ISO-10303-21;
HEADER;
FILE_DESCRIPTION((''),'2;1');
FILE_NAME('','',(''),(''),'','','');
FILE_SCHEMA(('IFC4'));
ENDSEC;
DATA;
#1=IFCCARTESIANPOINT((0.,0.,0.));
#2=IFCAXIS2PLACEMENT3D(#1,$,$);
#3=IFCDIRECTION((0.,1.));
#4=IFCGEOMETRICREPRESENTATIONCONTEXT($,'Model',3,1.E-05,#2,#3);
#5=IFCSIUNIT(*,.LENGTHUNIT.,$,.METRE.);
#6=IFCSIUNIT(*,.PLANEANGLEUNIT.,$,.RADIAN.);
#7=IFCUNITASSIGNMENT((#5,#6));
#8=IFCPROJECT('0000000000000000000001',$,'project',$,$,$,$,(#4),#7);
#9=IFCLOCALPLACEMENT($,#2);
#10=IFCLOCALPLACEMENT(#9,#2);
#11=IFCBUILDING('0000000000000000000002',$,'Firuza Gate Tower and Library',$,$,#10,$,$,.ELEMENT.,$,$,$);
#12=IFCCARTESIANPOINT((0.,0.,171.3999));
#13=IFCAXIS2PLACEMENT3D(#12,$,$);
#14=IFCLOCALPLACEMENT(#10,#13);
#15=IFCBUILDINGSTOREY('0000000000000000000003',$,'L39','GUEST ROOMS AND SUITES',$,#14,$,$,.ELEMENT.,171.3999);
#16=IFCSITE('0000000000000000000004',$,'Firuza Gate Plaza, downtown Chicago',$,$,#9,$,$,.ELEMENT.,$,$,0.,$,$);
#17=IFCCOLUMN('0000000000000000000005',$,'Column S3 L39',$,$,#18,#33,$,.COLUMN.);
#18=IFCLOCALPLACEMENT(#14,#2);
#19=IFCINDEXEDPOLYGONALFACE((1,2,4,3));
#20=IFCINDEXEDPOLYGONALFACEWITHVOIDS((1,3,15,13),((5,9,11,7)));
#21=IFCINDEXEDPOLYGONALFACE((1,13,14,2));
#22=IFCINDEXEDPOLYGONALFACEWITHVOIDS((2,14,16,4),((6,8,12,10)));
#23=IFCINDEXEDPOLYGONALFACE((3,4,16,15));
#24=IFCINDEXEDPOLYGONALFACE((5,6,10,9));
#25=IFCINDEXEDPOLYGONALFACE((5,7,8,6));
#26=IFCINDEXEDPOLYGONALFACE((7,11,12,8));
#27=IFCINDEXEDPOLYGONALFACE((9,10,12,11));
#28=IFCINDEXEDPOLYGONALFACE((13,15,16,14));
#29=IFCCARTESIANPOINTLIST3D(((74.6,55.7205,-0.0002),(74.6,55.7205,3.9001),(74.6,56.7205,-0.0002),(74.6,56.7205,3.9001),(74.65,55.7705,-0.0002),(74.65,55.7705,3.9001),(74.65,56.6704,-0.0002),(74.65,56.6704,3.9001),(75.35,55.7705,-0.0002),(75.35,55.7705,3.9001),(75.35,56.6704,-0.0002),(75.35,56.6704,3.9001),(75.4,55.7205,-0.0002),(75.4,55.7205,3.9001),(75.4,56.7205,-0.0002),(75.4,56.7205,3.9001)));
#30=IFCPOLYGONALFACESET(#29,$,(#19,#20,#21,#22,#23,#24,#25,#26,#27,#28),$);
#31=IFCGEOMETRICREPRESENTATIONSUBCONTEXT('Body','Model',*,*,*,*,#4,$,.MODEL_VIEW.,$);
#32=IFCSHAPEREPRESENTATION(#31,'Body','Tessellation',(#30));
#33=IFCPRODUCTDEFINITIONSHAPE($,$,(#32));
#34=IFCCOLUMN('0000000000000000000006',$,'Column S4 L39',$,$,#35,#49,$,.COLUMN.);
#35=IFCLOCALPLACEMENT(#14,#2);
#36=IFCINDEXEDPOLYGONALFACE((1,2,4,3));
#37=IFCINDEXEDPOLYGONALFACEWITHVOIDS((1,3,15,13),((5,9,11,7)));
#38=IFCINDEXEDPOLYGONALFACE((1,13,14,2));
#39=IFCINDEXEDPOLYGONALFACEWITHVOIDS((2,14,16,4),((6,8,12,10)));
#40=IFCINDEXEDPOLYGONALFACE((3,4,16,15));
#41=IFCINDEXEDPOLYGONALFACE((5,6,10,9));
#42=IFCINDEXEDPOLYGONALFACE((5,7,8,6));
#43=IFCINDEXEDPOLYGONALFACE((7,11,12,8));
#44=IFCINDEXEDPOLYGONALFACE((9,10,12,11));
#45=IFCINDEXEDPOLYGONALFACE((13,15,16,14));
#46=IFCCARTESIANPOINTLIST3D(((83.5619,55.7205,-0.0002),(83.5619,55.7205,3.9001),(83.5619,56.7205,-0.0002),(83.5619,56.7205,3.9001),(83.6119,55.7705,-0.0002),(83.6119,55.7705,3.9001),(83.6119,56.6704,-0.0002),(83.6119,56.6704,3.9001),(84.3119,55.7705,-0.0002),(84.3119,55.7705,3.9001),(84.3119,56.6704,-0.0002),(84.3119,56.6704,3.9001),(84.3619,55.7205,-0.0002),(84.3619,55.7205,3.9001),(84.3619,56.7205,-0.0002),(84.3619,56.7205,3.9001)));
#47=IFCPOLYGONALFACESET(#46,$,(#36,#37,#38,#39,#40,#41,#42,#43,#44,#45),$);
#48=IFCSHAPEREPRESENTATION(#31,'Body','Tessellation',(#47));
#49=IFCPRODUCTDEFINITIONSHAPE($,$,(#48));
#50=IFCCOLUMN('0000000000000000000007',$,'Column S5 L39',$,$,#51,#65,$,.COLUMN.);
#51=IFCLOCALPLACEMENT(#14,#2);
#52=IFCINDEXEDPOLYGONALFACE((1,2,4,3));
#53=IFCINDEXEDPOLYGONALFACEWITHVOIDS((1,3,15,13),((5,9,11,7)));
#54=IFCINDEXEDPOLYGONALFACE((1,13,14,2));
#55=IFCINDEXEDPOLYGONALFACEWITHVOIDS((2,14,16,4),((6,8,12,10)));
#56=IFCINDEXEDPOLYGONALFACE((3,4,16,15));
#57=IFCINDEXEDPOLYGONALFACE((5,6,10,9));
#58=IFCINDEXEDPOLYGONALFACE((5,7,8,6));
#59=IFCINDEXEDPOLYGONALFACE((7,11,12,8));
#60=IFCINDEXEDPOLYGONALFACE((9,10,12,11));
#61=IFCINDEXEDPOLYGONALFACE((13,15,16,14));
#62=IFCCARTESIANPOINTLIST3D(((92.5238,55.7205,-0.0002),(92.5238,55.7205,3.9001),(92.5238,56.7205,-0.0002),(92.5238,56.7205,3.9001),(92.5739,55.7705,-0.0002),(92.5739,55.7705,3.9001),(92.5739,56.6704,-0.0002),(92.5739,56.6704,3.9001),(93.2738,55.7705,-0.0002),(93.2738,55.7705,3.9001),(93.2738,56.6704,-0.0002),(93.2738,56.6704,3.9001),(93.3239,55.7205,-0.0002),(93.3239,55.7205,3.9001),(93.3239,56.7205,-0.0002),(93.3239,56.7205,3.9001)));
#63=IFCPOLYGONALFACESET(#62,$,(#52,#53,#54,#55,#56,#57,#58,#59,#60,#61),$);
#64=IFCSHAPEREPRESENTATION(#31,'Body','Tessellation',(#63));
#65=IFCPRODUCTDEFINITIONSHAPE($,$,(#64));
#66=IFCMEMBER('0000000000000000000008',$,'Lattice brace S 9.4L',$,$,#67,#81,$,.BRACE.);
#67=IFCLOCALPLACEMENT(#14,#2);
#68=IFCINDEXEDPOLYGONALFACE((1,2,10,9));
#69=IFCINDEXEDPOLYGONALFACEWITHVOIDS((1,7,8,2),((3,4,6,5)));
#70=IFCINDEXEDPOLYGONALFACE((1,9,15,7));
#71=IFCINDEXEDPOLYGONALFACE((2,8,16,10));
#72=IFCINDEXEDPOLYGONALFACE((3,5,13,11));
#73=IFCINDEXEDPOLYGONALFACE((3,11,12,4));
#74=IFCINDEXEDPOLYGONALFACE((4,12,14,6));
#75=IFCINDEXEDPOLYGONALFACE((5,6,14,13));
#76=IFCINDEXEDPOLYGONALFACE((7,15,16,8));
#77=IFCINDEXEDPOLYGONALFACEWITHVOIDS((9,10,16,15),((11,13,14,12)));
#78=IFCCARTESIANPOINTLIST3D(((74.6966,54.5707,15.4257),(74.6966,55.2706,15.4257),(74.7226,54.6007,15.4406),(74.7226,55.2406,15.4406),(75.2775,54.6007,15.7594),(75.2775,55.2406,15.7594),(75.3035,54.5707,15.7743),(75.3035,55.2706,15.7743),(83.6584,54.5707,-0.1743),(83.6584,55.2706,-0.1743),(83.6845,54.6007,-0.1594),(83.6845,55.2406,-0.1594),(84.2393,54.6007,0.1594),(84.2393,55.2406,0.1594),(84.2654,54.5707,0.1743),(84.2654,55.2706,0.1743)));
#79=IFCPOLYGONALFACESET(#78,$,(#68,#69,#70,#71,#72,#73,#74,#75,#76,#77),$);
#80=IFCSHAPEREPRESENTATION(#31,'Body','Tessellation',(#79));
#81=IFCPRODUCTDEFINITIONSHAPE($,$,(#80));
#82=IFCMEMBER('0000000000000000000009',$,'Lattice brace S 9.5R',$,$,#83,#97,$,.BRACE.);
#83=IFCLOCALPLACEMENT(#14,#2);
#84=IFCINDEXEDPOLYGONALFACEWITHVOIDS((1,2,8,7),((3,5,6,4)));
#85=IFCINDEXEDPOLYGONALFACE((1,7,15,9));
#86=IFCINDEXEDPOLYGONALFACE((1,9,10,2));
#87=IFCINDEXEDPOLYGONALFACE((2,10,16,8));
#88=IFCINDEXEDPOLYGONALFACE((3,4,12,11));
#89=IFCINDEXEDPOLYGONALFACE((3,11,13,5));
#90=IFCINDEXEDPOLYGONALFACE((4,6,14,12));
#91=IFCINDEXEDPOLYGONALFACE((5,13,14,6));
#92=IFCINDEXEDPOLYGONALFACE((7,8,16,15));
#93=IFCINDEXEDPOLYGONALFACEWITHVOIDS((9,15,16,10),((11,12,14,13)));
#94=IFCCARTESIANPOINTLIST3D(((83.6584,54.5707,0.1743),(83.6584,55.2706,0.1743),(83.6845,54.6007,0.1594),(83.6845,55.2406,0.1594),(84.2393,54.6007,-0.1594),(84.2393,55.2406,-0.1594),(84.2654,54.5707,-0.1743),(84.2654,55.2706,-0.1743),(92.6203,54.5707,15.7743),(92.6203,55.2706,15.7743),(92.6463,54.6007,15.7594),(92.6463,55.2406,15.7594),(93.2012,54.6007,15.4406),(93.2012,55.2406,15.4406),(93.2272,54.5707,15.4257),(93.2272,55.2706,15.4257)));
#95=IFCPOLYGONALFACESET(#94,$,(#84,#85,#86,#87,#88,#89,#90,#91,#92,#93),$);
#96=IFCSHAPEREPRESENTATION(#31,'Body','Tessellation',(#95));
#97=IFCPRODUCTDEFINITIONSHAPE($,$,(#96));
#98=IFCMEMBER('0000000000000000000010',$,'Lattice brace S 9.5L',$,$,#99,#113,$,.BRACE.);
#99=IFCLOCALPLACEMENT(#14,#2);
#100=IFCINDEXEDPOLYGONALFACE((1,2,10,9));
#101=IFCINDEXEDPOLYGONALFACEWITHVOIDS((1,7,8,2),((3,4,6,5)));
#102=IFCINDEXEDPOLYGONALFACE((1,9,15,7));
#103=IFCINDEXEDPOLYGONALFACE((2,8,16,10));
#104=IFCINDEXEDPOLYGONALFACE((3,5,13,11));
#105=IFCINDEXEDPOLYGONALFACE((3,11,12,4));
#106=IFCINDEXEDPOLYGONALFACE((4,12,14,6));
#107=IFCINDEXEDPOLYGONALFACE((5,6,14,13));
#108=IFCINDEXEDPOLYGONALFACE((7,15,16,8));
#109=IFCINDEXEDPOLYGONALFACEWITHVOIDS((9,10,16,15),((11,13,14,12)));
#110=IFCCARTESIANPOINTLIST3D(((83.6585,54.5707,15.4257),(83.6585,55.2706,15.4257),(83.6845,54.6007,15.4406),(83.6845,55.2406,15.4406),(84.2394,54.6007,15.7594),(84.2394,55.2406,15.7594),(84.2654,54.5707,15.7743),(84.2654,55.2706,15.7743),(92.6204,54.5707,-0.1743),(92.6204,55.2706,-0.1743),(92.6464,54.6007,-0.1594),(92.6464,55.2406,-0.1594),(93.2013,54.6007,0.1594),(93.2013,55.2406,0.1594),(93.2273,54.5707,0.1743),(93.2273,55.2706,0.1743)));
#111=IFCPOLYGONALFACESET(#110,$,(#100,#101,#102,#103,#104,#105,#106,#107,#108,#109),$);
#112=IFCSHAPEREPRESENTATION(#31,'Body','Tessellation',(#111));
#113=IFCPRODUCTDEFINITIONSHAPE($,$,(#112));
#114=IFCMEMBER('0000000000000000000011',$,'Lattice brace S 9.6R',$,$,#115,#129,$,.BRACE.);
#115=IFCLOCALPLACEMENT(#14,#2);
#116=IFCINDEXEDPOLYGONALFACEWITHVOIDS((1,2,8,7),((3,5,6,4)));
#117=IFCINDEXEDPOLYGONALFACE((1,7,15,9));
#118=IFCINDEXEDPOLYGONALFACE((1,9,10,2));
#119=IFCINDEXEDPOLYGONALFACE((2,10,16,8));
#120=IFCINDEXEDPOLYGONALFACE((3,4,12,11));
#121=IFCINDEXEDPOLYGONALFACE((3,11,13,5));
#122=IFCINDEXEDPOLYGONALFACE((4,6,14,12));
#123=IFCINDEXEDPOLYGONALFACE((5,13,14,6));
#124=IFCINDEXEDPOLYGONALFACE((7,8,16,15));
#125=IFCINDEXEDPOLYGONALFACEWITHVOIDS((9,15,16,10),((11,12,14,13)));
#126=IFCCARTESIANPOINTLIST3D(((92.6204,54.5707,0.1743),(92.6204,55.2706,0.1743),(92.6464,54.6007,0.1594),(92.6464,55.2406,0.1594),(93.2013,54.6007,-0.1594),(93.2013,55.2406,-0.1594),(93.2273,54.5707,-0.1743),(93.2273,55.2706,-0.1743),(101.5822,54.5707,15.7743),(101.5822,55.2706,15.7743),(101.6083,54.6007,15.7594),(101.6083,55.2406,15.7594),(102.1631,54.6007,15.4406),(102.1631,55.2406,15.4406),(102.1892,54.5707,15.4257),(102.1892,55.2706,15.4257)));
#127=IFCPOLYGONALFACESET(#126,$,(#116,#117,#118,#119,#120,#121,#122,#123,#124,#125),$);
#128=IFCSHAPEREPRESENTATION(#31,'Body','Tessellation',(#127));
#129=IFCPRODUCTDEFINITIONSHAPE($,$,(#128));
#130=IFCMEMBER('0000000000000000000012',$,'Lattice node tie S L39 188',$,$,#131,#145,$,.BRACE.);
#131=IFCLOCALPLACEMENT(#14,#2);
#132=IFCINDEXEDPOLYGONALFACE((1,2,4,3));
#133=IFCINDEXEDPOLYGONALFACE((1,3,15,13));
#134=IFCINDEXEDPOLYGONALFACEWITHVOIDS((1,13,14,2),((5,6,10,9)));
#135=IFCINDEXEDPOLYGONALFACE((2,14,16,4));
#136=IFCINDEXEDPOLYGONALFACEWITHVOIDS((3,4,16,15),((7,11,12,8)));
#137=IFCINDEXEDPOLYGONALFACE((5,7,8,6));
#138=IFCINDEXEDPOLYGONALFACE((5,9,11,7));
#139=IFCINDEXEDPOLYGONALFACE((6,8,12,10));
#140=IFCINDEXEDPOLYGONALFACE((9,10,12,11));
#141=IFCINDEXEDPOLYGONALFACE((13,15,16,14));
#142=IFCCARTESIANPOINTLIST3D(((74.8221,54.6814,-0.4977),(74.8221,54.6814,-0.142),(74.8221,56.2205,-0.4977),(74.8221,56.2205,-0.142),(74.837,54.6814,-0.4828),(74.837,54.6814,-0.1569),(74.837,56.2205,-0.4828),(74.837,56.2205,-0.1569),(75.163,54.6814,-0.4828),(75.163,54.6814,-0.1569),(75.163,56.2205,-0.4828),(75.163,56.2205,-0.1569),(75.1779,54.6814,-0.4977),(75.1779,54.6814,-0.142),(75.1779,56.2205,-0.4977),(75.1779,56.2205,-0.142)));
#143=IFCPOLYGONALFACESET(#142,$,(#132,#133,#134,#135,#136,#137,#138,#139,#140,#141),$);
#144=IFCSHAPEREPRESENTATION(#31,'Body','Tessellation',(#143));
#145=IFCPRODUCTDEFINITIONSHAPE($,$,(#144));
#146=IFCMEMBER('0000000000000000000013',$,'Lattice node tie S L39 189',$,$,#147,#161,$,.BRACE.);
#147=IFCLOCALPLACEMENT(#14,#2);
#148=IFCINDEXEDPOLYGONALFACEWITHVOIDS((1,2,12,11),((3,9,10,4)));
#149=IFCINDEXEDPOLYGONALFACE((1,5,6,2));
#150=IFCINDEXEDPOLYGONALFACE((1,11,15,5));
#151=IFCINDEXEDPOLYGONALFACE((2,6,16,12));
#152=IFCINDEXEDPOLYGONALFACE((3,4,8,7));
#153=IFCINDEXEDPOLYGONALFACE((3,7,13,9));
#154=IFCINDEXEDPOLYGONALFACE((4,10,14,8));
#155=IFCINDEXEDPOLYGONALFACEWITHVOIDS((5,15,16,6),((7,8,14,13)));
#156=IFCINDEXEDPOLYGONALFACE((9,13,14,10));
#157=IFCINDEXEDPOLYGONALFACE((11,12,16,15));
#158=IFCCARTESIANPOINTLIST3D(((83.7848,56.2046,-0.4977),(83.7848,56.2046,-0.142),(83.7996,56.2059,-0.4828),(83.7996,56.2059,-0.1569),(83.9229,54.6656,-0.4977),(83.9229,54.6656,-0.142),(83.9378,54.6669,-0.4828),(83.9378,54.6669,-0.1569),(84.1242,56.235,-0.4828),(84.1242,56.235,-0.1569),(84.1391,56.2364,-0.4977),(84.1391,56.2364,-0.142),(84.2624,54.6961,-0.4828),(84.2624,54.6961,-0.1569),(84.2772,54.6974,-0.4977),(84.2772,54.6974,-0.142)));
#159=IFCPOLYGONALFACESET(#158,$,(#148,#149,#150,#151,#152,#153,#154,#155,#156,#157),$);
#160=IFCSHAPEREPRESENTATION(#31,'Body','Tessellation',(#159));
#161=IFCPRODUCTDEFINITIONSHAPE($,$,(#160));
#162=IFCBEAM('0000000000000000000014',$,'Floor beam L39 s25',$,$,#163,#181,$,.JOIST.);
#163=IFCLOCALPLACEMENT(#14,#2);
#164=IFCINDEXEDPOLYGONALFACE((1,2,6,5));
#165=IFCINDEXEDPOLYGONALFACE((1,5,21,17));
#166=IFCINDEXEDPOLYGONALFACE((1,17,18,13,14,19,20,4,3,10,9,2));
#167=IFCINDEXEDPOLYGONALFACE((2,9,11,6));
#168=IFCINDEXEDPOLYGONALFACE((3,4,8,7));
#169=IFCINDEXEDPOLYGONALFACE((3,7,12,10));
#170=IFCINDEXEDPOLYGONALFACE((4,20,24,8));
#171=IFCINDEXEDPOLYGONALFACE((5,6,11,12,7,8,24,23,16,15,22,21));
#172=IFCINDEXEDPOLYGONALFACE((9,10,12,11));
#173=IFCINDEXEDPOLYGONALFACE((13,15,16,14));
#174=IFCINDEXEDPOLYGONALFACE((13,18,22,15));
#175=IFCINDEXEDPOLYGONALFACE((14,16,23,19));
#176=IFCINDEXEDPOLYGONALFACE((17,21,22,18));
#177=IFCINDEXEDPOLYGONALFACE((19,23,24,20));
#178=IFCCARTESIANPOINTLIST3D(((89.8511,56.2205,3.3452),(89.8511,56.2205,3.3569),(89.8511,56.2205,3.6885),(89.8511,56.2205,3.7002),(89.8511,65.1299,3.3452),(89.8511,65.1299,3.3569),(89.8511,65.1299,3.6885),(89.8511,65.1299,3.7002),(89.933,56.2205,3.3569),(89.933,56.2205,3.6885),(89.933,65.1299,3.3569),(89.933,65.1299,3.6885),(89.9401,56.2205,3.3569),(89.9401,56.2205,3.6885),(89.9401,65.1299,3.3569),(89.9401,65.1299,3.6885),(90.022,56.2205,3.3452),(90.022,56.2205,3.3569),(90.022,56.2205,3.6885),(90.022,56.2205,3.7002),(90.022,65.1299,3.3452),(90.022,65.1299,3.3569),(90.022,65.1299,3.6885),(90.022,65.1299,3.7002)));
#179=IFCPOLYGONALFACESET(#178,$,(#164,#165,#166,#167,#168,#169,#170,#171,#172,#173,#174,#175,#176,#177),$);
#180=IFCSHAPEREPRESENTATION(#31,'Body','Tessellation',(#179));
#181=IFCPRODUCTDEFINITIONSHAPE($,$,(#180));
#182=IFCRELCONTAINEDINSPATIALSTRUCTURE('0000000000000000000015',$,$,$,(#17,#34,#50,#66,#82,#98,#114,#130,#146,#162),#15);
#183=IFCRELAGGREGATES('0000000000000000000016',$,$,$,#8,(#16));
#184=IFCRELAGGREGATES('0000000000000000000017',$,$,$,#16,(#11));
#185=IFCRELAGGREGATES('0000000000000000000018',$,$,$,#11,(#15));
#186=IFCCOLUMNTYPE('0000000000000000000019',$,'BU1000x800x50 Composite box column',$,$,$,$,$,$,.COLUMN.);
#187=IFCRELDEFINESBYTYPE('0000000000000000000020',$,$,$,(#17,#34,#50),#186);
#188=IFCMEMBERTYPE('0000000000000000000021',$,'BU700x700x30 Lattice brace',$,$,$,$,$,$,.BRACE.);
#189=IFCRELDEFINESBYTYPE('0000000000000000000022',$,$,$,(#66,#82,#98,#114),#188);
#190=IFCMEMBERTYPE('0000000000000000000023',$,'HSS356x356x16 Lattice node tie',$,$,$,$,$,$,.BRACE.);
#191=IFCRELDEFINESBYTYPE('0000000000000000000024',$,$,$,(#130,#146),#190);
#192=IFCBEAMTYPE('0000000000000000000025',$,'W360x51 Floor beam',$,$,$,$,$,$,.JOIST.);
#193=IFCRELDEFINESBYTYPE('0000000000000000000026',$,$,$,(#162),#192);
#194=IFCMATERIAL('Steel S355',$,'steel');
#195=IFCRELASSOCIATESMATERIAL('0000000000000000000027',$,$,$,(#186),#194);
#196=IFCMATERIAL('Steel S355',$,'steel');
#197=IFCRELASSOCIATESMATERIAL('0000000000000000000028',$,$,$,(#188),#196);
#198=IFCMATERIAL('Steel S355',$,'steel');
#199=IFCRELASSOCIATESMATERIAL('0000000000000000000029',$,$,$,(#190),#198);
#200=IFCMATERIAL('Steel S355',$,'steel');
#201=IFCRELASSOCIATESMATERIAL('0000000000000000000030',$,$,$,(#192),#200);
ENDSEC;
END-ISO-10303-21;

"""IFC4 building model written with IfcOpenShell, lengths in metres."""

from ifc_helpers import new_model, si_unit, direction, frame, origin, origin_2d, place, context, subcontext, project, spatial, hollow_rectangle, i_section, extrude, material, material_profile, profile_set, type_object, element, save


model = new_model("IFC4")

# Units and contexts
model_context = context("Model", 3, precision=1e-05, world=origin(), true_north=direction((0.0, 1.0)))
body_context = subcontext(model_context, "Body", "Model", "MODEL_VIEW")
ifc_project = project(units=[si_unit("LENGTHUNIT", "METRE"), si_unit("PLANEANGLEUNIT", "RADIAN")], contexts=[model_context])

# Site, building, storey
site_placement = place(None, origin())
site = spatial("IfcSite", under=ifc_project, at=site_placement, Name="Firuza Gate Plaza, downtown Chicago", CompositionType="ELEMENT", RefElevation=0.0)
building_placement = place(site_placement, origin())
building = spatial("IfcBuilding", under=site, at=building_placement, Name="Firuza Gate Tower and Library", CompositionType="ELEMENT")
storey_placement = place(building_placement, frame((0.0, 0.0, 171.3999)))
storey = spatial("IfcBuildingStorey", under=building, at=storey_placement, Name="L39", Description="GUEST ROOMS AND SUITES", CompositionType="ELEMENT", Elevation=171.3999)

# Columns
ifc_material_1 = material(Name="Steel S355", Category="steel")
ifc_material_profile_1 = material_profile(ifc_material_1, hollow_rectangle(XDim=0.8, YDim=1.0, WallThickness=0.05, at=origin_2d()))
ifc_profile_set_1 = profile_set([ifc_material_profile_1], Name="Steel S355")
column_type = type_object("IfcColumnType", Name="BU1000x800x50 Composite box column", PredefinedType="COLUMN", material=ifc_profile_set_1)
for number, where, z_axis, x_axis, name in (
    (1, (75.0, 56.2205, -0.0002), (0.0, 0.0, 1.0), (1.0, 0.0, 0.0), "Column S3 L39"),
    (2, (83.9619, 56.2205, -0.0002), (0.0, 0.0, 1.0), (1.0, 0.0, 0.0), "Column S4 L39"),
    (3, (92.9238, 56.2205, -0.0002), (0.0, 0.0, 1.0), (1.0, 0.0, 0.0), "Column S5 L39"),
):
    element("IfcColumn", number, at=place(storey_placement, frame(where, z_axis=z_axis, x_axis=x_axis)), inside=storey, type_object=column_type, Name=name, PredefinedType="COLUMN", context=body_context, shape_type="SweptSolid", body=[
        extrude(hollow_rectangle(XDim=0.8, YDim=1.0, WallThickness=0.05, at=origin_2d()), origin(), (0.0, 0.0, 1.0), 3.9004),
    ])

# Members
ifc_material_2 = material(Name="Steel S355", Category="steel")
ifc_material_profile_2 = material_profile(ifc_material_2, hollow_rectangle(XDim=0.7, YDim=0.7, WallThickness=0.03, at=origin_2d()))
ifc_profile_set_2 = profile_set([ifc_material_profile_2], Name="Steel S355")
member_type_1 = type_object("IfcMemberType", Name="BU700x700x30 Lattice brace", PredefinedType="BRACE", material=ifc_profile_set_2)
for number, where, z_axis, x_axis, name in (
    (4, (83.9619, 54.9207, 0.0), (-0.498131, 0.0, 0.867102), (0.0, -1.0, 0.0), "Lattice brace S 9.4L"),
    (5, (83.9619, 54.9207, 0.0), (0.498131, 0.0, 0.867102), (0.0, 1.0, 0.0), "Lattice brace S 9.5R"),
    (6, (92.9238, 54.9207, 0.0), (-0.498131, 0.0, 0.867102), (0.0, -1.0, 0.0), "Lattice brace S 9.5L"),
    (7, (92.9238, 54.9207, 0.0), (0.498131, 0.0, 0.867102), (0.0, 1.0, 0.0), "Lattice brace S 9.6R"),
):
    element("IfcMember", number, at=place(storey_placement, frame(where, z_axis=z_axis, x_axis=x_axis)), inside=storey, type_object=member_type_1, Name=name, PredefinedType="BRACE", context=body_context, shape_type="SweptSolid", body=[
        extrude(hollow_rectangle(XDim=0.7, YDim=0.7, WallThickness=0.03, at=origin_2d()), origin(), (0.0, 0.0, 1.0), 17.991),
    ])
ifc_material_3 = material(Name="Steel S355", Category="steel")
ifc_material_profile_3 = material_profile(ifc_material_3, hollow_rectangle(XDim=0.3557, YDim=0.3557, WallThickness=0.0149, at=origin_2d()))
ifc_profile_set_3 = profile_set([ifc_material_profile_3], Name="Steel S355")
member_type_2 = type_object("IfcMemberType", Name="HSS356x356x16 Lattice node tie", PredefinedType="BRACE", material=ifc_profile_set_3)
member_1_placement = place(storey_placement, frame((75.0, 56.2205, -0.3198), z_axis=(0.0, -1.0, 0.0), x_axis=(1.0, 0.0, 0.0)))
element("IfcMember", 8, at=member_1_placement, inside=storey, type_object=member_type_2, Name="Lattice node tie S L39 188", PredefinedType="BRACE", context=body_context, shape_type="SweptSolid", body=[
    extrude(hollow_rectangle(XDim=0.3557, YDim=0.3557, WallThickness=0.0149, at=origin_2d()), origin(), (0.0, 0.0, 1.0), 1.5391),
])
member_2_placement = place(storey_placement, frame((83.9619, 56.2205, -0.3198), z_axis=(0.089425, -0.995994, 0.0), x_axis=(0.995994, 0.089425, 0.0)))
element("IfcMember", 9, at=member_2_placement, inside=storey, type_object=member_type_2, Name="Lattice node tie S L39 189", PredefinedType="BRACE", context=body_context, shape_type="SweptSolid", body=[
    extrude(hollow_rectangle(XDim=0.3557, YDim=0.3557, WallThickness=0.0149, at=origin_2d()), origin(), (0.0, 0.0, 1.0), 1.5452),
])

# Beam
ifc_material_4 = material(Name="Steel S355", Category="steel")
ifc_material_profile_4 = material_profile(ifc_material_4, i_section(OverallWidth=0.1709, OverallDepth=0.355, WebThickness=0.0071, FlangeThickness=0.0117, at=origin_2d()))
ifc_profile_set_4 = profile_set([ifc_material_profile_4], Name="Steel S355")
beam_type_1 = type_object("IfcBeamType", Name="W360x51 Floor beam", PredefinedType="JOIST", material=ifc_profile_set_4)
beam_1_placement = place(storey_placement, frame((89.9365, 56.2205, 3.5227), z_axis=(0.0, 1.0, 0.0), x_axis=(-1.0, 0.0, 0.0)))
element("IfcBeam", 10, at=beam_1_placement, inside=storey, type_object=beam_type_1, Name="Floor beam L39 s25", PredefinedType="JOIST", context=body_context, shape_type="SweptSolid", body=[
    extrude(i_section(OverallWidth=0.1709, OverallDepth=0.355, WebThickness=0.0071, FlangeThickness=0.0117, at=origin_2d()), origin(), (0.0, 0.0, 1.0), 8.9094),
])

save(model, "model.ifc")
